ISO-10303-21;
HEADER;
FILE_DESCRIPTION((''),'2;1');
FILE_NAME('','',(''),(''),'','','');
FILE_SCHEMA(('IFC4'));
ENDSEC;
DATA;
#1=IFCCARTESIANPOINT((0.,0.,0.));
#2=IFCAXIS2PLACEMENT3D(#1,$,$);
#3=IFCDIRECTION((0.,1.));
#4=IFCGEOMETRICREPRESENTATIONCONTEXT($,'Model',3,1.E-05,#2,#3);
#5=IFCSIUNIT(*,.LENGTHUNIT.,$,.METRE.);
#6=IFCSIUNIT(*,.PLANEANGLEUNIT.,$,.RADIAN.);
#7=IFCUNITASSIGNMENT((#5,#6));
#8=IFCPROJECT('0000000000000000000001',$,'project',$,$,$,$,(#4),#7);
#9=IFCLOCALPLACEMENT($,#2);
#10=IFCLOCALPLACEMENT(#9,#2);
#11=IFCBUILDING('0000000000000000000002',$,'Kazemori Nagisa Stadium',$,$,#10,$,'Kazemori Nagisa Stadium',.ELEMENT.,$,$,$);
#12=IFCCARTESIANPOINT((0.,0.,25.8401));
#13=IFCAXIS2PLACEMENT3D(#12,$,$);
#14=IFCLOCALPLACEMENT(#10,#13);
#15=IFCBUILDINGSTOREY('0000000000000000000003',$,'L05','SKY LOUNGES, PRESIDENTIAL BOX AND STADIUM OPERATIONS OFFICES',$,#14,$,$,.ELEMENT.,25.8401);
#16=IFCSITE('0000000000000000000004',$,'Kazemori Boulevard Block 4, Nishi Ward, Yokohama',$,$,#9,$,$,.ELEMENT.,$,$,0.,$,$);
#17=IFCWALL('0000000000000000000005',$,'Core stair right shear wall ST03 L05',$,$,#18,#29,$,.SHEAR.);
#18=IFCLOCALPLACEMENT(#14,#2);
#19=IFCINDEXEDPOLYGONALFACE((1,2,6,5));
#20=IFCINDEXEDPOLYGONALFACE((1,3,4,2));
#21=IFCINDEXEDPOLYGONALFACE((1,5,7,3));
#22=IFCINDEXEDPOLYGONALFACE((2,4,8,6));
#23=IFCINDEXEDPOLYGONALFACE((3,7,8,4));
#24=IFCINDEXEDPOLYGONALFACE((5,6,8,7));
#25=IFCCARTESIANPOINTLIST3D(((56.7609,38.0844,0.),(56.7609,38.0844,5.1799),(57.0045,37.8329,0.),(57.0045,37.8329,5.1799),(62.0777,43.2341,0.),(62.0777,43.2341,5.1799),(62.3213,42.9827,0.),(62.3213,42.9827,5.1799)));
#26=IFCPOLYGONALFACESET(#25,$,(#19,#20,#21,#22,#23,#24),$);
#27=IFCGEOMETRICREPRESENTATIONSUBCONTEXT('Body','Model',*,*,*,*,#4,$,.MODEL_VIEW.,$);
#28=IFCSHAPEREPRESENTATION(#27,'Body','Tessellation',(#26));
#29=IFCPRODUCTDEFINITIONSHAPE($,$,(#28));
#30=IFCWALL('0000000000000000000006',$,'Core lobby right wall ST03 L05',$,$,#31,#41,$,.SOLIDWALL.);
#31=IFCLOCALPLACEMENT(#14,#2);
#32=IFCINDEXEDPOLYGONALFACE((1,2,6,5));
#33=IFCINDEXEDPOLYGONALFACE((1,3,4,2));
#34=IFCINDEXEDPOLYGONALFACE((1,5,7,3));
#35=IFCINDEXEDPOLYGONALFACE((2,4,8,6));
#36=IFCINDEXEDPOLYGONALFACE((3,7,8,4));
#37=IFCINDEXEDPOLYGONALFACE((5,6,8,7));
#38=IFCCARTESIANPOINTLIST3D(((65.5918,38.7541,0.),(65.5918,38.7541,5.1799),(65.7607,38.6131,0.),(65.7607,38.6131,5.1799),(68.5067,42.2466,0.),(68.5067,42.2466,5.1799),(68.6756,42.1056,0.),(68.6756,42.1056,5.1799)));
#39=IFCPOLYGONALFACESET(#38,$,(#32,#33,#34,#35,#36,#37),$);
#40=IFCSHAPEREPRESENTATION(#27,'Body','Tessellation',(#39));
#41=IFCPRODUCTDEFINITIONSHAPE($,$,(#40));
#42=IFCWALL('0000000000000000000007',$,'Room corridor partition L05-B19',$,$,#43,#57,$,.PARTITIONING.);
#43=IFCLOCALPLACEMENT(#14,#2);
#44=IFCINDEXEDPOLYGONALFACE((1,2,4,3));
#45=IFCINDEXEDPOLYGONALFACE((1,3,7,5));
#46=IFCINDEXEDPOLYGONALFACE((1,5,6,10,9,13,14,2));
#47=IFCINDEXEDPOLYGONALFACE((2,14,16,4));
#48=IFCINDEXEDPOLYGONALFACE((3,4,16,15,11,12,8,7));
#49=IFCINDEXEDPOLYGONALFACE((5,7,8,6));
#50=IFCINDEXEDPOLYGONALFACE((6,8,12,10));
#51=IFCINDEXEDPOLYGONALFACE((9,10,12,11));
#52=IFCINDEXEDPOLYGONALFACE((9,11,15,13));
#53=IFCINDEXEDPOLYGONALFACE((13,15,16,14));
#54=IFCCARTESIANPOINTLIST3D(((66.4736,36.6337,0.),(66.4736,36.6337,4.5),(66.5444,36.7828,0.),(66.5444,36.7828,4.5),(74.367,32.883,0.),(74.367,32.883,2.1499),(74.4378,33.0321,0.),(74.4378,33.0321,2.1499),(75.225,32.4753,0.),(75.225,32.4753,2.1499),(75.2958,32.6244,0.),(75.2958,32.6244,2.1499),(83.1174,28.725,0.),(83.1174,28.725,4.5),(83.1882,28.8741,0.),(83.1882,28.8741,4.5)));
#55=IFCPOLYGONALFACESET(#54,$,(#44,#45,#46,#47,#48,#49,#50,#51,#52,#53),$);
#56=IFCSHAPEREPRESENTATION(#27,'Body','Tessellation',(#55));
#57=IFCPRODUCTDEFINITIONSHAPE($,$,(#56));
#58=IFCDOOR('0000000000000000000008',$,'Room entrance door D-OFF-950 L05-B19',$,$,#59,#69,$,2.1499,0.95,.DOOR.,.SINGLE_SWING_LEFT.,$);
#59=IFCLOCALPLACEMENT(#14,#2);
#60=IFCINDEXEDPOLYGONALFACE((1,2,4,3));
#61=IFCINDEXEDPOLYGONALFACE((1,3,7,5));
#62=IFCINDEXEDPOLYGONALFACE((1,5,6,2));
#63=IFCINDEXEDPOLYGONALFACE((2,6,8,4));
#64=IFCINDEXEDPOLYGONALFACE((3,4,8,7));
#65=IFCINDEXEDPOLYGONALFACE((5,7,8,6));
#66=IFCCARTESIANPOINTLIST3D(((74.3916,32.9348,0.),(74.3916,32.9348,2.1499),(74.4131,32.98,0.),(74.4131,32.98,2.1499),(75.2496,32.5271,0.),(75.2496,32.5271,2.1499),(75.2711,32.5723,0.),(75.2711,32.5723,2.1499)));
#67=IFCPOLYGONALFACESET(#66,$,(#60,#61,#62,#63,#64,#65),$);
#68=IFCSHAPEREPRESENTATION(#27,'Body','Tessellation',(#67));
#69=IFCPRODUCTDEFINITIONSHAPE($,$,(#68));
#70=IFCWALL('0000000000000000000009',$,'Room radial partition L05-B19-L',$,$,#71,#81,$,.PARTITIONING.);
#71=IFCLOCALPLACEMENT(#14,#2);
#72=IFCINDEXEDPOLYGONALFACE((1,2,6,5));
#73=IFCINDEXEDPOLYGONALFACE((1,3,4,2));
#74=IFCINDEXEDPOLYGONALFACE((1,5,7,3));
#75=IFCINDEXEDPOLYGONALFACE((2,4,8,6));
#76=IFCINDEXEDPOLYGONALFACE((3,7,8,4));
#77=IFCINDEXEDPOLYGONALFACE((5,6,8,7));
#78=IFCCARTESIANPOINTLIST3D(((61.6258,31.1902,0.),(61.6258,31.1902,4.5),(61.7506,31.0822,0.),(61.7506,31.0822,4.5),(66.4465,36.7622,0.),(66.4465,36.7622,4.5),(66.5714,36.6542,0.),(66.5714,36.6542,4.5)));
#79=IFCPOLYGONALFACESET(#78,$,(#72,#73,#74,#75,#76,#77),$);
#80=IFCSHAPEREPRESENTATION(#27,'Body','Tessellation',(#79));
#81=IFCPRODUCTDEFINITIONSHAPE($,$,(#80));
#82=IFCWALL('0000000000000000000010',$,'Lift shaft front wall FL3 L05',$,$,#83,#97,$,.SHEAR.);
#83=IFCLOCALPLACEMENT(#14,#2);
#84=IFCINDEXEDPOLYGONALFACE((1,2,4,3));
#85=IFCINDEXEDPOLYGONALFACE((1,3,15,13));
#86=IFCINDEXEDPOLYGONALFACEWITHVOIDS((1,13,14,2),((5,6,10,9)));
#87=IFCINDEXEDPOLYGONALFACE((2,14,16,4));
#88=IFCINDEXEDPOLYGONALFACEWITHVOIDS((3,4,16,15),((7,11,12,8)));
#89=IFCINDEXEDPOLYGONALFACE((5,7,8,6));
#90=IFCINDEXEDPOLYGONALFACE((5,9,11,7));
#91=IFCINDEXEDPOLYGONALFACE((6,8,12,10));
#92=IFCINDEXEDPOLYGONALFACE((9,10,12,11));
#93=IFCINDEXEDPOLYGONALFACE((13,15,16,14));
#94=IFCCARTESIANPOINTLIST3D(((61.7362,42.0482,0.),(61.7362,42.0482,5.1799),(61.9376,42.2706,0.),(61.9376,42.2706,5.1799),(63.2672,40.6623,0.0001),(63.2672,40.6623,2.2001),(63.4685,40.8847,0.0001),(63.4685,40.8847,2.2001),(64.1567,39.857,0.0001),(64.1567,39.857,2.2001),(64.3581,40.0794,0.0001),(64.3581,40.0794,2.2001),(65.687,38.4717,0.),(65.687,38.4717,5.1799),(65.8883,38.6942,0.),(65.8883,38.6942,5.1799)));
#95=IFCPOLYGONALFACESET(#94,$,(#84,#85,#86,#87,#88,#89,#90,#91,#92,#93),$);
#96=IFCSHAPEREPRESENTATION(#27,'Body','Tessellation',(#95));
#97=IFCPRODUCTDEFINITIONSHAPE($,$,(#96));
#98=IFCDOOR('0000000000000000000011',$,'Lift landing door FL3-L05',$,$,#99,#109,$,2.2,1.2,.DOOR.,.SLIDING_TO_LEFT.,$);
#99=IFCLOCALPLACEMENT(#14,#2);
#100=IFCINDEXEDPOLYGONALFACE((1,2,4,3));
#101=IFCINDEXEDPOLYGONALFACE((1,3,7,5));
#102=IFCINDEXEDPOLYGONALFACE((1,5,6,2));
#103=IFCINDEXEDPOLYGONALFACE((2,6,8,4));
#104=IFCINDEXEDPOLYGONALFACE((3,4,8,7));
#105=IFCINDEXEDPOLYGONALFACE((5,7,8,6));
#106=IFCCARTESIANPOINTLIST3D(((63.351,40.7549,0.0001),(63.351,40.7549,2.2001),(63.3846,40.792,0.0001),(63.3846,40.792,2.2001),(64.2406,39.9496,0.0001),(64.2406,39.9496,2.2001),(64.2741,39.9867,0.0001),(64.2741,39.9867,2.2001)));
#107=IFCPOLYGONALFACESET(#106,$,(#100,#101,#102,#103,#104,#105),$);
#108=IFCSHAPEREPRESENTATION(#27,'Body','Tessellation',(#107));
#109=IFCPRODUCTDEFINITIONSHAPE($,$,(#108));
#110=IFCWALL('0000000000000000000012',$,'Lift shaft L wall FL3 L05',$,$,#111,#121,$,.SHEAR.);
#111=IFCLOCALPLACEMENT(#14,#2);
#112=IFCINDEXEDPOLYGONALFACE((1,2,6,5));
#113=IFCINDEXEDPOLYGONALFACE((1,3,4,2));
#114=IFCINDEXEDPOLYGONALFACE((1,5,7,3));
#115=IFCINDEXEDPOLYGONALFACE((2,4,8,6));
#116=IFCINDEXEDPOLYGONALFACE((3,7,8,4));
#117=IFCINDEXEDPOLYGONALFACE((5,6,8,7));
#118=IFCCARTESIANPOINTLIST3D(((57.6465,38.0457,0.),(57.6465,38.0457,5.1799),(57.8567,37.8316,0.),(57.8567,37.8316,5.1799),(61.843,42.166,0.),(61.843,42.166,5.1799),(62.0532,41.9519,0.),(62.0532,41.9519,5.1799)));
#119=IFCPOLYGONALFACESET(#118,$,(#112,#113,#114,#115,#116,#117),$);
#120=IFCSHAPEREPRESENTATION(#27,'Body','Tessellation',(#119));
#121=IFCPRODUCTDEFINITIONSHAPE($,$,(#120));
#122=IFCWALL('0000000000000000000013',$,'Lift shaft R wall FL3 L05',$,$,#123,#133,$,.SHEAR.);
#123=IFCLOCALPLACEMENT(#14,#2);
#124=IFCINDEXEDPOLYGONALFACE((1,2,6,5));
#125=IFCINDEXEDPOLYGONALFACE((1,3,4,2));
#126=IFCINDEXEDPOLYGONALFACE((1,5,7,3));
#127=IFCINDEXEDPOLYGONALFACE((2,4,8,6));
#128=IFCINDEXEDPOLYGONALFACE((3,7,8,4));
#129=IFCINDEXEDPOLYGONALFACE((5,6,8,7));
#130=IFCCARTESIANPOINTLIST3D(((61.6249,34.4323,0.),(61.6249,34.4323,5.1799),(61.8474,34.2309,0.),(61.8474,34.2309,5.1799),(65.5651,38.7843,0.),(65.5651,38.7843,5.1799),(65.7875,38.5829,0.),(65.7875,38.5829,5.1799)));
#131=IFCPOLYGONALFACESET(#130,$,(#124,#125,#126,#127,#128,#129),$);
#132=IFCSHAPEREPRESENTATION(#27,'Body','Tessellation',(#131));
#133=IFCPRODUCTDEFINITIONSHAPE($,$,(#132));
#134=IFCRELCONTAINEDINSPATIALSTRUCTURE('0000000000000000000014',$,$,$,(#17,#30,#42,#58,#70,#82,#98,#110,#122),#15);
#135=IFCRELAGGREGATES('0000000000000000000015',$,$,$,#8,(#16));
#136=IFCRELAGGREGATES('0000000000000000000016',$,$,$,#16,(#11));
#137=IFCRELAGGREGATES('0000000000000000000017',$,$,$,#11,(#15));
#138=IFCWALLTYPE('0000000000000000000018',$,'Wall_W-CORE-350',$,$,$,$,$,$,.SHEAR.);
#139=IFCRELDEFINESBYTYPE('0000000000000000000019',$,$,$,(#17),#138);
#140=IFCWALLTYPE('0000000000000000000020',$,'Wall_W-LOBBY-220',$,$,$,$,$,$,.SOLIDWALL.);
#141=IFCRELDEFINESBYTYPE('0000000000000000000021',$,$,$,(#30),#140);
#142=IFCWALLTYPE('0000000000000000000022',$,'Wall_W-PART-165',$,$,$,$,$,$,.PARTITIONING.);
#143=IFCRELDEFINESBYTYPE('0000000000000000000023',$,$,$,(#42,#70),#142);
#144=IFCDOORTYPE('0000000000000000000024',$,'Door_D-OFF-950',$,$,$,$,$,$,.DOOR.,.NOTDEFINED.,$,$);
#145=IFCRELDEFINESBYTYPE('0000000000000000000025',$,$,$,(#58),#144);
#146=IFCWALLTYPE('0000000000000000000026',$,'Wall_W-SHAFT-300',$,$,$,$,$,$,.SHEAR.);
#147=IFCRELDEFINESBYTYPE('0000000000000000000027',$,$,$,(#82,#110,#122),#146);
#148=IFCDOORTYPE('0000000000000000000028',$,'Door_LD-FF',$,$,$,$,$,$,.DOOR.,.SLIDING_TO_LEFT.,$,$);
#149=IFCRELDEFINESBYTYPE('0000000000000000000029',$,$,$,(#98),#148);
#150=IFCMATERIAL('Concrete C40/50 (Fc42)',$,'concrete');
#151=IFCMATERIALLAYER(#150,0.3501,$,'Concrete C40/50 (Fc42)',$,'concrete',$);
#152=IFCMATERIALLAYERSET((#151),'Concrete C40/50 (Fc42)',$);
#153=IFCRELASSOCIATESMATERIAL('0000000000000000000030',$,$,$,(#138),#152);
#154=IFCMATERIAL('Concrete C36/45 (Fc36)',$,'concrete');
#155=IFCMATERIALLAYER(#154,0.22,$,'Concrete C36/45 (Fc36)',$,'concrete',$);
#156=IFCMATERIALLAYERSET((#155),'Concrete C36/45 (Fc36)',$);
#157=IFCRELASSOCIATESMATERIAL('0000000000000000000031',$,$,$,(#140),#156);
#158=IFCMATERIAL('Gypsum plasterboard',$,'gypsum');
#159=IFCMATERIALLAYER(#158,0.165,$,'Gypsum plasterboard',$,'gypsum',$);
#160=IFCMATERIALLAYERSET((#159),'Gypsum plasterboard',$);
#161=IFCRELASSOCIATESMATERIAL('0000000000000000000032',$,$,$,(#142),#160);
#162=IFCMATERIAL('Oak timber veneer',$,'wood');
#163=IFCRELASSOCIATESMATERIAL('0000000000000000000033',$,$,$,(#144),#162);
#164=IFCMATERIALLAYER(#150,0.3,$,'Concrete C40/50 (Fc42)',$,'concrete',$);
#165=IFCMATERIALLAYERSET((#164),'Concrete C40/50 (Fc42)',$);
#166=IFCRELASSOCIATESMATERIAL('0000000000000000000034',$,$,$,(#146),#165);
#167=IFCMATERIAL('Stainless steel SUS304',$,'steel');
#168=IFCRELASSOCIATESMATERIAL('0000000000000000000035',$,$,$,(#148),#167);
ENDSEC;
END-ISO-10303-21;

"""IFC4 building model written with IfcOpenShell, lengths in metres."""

from ifc_helpers import new_model, si_unit, direction, frame, frame_2d, origin, place, context, subcontext, project, spatial, rectangle, extrude, material, layer, layer_set, type_object, element, fill, save


model = new_model("IFC4")

# Units and contexts
model_context = context("Model", 3, precision=1e-05, world=origin(), true_north=direction((0.0, 1.0)))
body_context = subcontext(model_context, "Body", "Model", "MODEL_VIEW")
ifc_project = project(units=[si_unit("LENGTHUNIT", "METRE"), si_unit("PLANEANGLEUNIT", "RADIAN")], contexts=[model_context])

# Site, building, storey
site_placement = place(None, origin())
site = spatial("IfcSite", under=ifc_project, at=site_placement, Name="Kazemori Boulevard Block 4, Nishi Ward, Yokohama", CompositionType="ELEMENT", RefElevation=0.0)
building_placement = place(site_placement, origin())
building = spatial("IfcBuilding", under=site, at=building_placement, Name="Kazemori Nagisa Stadium", LongName="Kazemori Nagisa Stadium", CompositionType="ELEMENT")
storey_placement = place(building_placement, frame((0.0, 0.0, 25.8401)))
storey = spatial("IfcBuildingStorey", under=building, at=storey_placement, Name="L05", Description="SKY LOUNGES, PRESIDENTIAL BOX AND STADIUM OPERATIONS OFFICES", CompositionType="ELEMENT", Elevation=25.8401)

# Shared definitions
ifc_material_1 = material(Name="Concrete C40/50 (Fc42)", Category="concrete")

# Walls
ifc_layer_1 = layer(ifc_material_1, 0.3501, Name="Concrete C40/50 (Fc42)", Category="concrete")
ifc_layer_set_1 = layer_set([ifc_layer_1], Name="Concrete C40/50 (Fc42)")
wall_type_1 = type_object("IfcWallType", Name="Wall_W-CORE-350", PredefinedType="SHEAR", material=ifc_layer_set_1)
wall_1_placement = place(storey_placement, frame((62.1995, 43.1084, 0.0), z_axis=(0.0, 0.0, 1.0), x_axis=(-0.718297, -0.695736, 0.0)))
element("IfcWall", 1, at=wall_1_placement, inside=storey, type_object=wall_type_1, Name="Core stair right shear wall ST03 L05", PredefinedType="SHEAR", context=body_context, shape_type="SweptSolid", body=[
    extrude(rectangle(XDim=7.4019, YDim=0.3501, at=frame_2d((3.7009, 0.0))), origin(), (0.0, 0.0, 1.0), 5.1799),
])
ifc_material_2 = material(Name="Concrete C36/45 (Fc36)", Category="concrete")
ifc_layer_2 = layer(ifc_material_2, 0.22, Name="Concrete C36/45 (Fc36)", Category="concrete")
ifc_layer_set_2 = layer_set([ifc_layer_2], Name="Concrete C36/45 (Fc36)")
wall_type_2 = type_object("IfcWallType", Name="Wall_W-LOBBY-220", PredefinedType="SOLIDWALL", material=ifc_layer_set_2)
wall_2_placement = place(storey_placement, frame((68.5911, 42.176, 0.0), z_axis=(0.0, 0.0, 1.0), x_axis=(-0.64076, -0.767742, 0.0)))
element("IfcWall", 2, at=wall_2_placement, inside=storey, type_object=wall_type_2, Name="Core lobby right wall ST03 L05", PredefinedType="SOLIDWALL", context=body_context, shape_type="SweptSolid", body=[
    extrude(rectangle(XDim=4.5491, YDim=0.22, at=frame_2d((2.2744, 0.0))), origin(), (0.0, 0.0, 1.0), 5.1799),
])

# Wall, opening, door
ifc_material_3 = material(Name="Gypsum plasterboard", Category="gypsum")
ifc_layer_3 = layer(ifc_material_3, 0.165, Name="Gypsum plasterboard", Category="gypsum")
ifc_layer_set_3 = layer_set([ifc_layer_3], Name="Gypsum plasterboard")
wall_type_3 = type_object("IfcWallType", Name="Wall_W-PART-165", PredefinedType="PARTITIONING", material=ifc_layer_set_3)
wall_3_placement = place(storey_placement, frame((66.509, 36.7083, 0.0), z_axis=(0.0, 0.0, 1.0), x_axis=(0.903217, -0.429185, 0.0)))
wall_3 = element("IfcWall", 3, at=wall_3_placement, inside=storey, type_object=wall_type_3, Name="Room corridor partition L05-B19", PredefinedType="PARTITIONING", context=body_context, shape_type="SweptSolid", body=[
    extrude(rectangle(XDim=18.4272, YDim=0.165, at=frame_2d((9.2136, 0.0))), origin(), (0.0, 0.0, 1.0), 4.5),
])
opening_1_placement = place(wall_3_placement, frame((8.739, 0.0, 0.0)))
opening_1 = element("IfcOpeningElement", 4, at=opening_1_placement, cuts=wall_3, PredefinedType="OPENING", context=body_context, shape_type="SweptSolid", body=[
    extrude(rectangle(XDim=0.95, YDim=2.1499, at=frame_2d((0.4751, 1.075))), frame((0.0, 0.0925, 0.0), z_axis=(0.0, -1.0, 0.0), x_axis=(1.0, 0.0, 0.0)), (0.0, 0.0, 1.0), 0.1851),
])
ifc_material_4 = material(Name="Oak timber veneer", Category="wood")
door_type_1 = type_object("IfcDoorType", Name="Door_D-OFF-950", OperationType="NOTDEFINED", PredefinedType="DOOR", material=ifc_material_4)
door_1_placement = place(opening_1_placement, origin())
door_1 = element("IfcDoor", 5, at=door_1_placement, inside=storey, type_object=door_type_1, Name="Room entrance door D-OFF-950 L05-B19", OperationType="SINGLE_SWING_LEFT", OverallHeight=2.1499, OverallWidth=0.95, PredefinedType="DOOR", context=body_context, shape_type="SweptSolid", body=[
    extrude(rectangle(XDim=0.95, YDim=2.1499, at=frame_2d((0.4751, 1.075))), frame((0.0, 0.0249, 0.0), z_axis=(0.0, -1.0, 0.0), x_axis=(1.0, 0.0, 0.0)), (0.0, 0.0, 1.0), 0.05),
])
fill(opening_1, door_1)

# Wall
wall_4_placement = place(storey_placement, frame((66.509, 36.7083, 0.0), z_axis=(0.0, 0.0, 1.0), x_axis=(-0.654288, -0.756245, 0.0)))
element("IfcWall", 6, at=wall_4_placement, inside=storey, type_object=wall_type_3, Name="Room radial partition L05-B19-L", PredefinedType="PARTITIONING", context=body_context, shape_type="SweptSolid", body=[
    extrude(rectangle(XDim=7.3679, YDim=0.165, at=frame_2d((3.6841, 0.0))), origin(), (0.0, 0.0, 1.0), 4.5),
])

# Wall, opening, door
ifc_layer_4 = layer(ifc_material_1, 0.3, Name="Concrete C40/50 (Fc42)", Category="concrete")
ifc_layer_set_4 = layer_set([ifc_layer_4], Name="Concrete C40/50 (Fc42)")
wall_type_4 = type_object("IfcWallType", Name="Wall_W-SHAFT-300", PredefinedType="SHEAR", material=ifc_layer_set_4)
wall_5_placement = place(storey_placement, frame((61.8369, 42.1594, 0.0), z_axis=(0.0, 0.0, 1.0), x_axis=(0.74135, -0.671118, 0.0)))
wall_5 = element("IfcWall", 7, at=wall_5_placement, inside=storey, type_object=wall_type_4, Name="Lift shaft front wall FL3 L05", PredefinedType="SHEAR", context=body_context, shape_type="SweptSolid", body=[
    extrude(rectangle(XDim=5.3291, YDim=0.3, at=frame_2d((2.6646, 0.0))), origin(), (0.0, 0.0, 1.0), 5.1799),
])
opening_2_placement = place(wall_5_placement, frame((2.0649, 0.0, 0.0)))
opening_2 = element("IfcOpeningElement", 8, at=opening_2_placement, cuts=wall_5, PredefinedType="OPENING", context=body_context, shape_type="SweptSolid", body=[
    extrude(rectangle(XDim=1.2, YDim=2.2, at=frame_2d((0.6001, 1.1001))), frame((0.0, 0.1599, 0.0), z_axis=(0.0, -1.0, 0.0), x_axis=(1.0, 0.0, 0.0)), (0.0, 0.0, 1.0), 0.3201),
])
ifc_material_5 = material(Name="Stainless steel SUS304", Category="steel")
door_type_2 = type_object("IfcDoorType", Name="Door_LD-FF", OperationType="SLIDING_TO_LEFT", PredefinedType="DOOR", material=ifc_material_5)
door_2_placement = place(opening_2_placement, origin())
door_2 = element("IfcDoor", 9, at=door_2_placement, inside=storey, type_object=door_type_2, Name="Lift landing door FL3-L05", OperationType="SLIDING_TO_LEFT", OverallHeight=2.2, OverallWidth=1.2, PredefinedType="DOOR", context=body_context, shape_type="SweptSolid", body=[
    extrude(rectangle(XDim=1.2, YDim=2.2, at=frame_2d((0.6001, 1.1001))), frame((0.0, 0.0249, 0.0), z_axis=(0.0, -1.0, 0.0), x_axis=(1.0, 0.0, 0.0)), (0.0, 0.0, 1.0), 0.05),
])
fill(opening_2, door_2)

# Walls
wall_6_placement = place(storey_placement, frame((61.948, 42.0588, 0.0), z_axis=(0.0, 0.0, 1.0), x_axis=(-0.713553, -0.700601, 0.0)))
element("IfcWall", 10, at=wall_6_placement, inside=storey, type_object=wall_type_4, Name="Lift shaft L wall FL3 L05", PredefinedType="SHEAR", context=body_context, shape_type="SweptSolid", body=[
    extrude(rectangle(XDim=5.8811, YDim=0.3, at=frame_2d((2.9404, 0.0))), origin(), (0.0, 0.0, 1.0), 5.1799),
])
wall_7_placement = place(storey_placement, frame((65.6763, 38.6836, 0.0), z_axis=(0.0, 0.0, 1.0), x_axis=(-0.671158, -0.741314, 0.0)))
element("IfcWall", 11, at=wall_7_placement, inside=storey, type_object=wall_type_4, Name="Lift shaft R wall FL3 L05", PredefinedType="SHEAR", context=body_context, shape_type="SweptSolid", body=[
    extrude(rectangle(XDim=5.8706, YDim=0.3, at=frame_2d((2.9353, 0.0))), origin(), (0.0, 0.0, 1.0), 5.1799),
])

save(model, "model.ifc")
